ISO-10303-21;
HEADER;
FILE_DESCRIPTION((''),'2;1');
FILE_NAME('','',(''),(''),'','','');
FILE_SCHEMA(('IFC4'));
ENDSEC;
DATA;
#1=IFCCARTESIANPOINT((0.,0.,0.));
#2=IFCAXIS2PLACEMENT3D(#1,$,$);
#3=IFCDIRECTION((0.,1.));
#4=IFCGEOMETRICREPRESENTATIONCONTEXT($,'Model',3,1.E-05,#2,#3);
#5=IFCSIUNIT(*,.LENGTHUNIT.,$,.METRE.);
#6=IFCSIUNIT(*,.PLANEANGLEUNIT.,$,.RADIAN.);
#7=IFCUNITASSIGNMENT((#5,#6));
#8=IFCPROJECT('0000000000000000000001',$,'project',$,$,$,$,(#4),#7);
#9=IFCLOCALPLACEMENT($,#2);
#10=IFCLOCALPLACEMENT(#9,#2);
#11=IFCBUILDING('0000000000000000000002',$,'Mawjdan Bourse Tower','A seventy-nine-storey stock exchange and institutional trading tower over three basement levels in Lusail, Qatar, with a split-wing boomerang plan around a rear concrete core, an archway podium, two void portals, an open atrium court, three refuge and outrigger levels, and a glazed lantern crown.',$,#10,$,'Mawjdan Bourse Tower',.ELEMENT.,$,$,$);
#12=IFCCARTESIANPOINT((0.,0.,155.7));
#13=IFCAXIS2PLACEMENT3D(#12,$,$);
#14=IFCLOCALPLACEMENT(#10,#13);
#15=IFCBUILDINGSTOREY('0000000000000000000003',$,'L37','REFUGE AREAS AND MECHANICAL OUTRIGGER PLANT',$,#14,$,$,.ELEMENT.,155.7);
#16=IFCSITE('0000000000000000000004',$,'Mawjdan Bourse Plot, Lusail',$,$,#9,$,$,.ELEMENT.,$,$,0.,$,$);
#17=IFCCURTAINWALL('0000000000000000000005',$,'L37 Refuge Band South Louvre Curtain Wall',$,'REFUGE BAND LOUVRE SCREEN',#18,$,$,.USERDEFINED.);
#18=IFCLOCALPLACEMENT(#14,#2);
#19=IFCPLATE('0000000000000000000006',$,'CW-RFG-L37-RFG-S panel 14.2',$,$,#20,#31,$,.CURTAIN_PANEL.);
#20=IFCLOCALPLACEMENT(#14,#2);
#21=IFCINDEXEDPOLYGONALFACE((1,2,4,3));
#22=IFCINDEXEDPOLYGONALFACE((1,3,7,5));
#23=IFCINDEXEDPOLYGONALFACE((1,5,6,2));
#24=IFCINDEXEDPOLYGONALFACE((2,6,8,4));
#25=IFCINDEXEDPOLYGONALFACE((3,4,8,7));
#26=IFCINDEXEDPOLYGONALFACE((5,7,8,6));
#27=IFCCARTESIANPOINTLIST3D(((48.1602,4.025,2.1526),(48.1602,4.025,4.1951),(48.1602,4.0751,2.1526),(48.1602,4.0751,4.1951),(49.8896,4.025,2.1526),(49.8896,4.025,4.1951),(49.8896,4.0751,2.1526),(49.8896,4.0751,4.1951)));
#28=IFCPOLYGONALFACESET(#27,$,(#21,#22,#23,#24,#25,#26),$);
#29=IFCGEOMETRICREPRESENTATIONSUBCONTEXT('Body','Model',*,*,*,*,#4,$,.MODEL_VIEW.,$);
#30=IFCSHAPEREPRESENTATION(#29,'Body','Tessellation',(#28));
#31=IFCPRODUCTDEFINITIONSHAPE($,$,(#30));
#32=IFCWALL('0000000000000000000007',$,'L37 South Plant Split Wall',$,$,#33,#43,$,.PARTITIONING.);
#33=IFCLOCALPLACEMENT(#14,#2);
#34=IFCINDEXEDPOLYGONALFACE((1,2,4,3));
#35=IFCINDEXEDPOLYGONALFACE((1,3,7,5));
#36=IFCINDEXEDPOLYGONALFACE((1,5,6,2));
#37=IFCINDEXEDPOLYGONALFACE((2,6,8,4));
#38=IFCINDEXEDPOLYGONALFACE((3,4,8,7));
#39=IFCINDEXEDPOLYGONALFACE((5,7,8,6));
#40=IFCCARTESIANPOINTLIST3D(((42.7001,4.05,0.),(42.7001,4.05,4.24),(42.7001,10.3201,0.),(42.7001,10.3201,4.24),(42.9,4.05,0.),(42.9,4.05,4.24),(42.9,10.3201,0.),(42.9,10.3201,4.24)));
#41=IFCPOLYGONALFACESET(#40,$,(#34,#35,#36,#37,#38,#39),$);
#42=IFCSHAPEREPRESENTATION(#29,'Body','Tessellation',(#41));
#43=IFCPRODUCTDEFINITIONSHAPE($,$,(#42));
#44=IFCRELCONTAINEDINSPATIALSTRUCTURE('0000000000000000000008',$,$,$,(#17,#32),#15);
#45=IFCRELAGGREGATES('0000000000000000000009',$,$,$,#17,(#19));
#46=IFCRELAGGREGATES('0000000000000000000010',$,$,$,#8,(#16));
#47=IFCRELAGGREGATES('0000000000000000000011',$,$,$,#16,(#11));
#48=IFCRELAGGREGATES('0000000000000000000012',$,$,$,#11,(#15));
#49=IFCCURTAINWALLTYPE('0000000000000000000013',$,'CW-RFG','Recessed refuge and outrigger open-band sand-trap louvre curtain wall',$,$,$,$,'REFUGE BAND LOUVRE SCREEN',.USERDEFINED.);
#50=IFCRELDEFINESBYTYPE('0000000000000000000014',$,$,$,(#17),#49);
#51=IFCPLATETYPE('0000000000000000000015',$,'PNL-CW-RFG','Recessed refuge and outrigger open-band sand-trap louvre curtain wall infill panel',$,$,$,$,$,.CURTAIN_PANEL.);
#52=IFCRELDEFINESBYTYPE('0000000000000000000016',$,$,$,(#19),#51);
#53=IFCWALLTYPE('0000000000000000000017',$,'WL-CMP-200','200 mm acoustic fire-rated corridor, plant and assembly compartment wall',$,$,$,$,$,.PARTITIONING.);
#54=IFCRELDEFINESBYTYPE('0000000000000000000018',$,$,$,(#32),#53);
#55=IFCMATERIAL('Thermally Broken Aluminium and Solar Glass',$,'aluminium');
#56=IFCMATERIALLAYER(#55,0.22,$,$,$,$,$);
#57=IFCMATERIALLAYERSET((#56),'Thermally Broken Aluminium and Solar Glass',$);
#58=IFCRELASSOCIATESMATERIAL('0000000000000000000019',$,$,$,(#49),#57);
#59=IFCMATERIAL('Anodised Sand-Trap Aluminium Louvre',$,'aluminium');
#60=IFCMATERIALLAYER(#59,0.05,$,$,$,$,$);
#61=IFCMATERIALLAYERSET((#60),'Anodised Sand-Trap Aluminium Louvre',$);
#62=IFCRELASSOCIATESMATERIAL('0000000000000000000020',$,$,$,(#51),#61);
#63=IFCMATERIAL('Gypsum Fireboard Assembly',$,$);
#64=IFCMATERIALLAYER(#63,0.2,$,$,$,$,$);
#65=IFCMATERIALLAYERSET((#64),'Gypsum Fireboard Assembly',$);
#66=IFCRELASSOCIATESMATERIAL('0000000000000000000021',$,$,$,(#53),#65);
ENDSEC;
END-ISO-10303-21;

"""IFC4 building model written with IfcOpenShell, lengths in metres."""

from ifc_helpers import new_model, si_unit, direction, frame, frame_2d, origin, origin_2d, place, context, subcontext, project, spatial, rectangle, extrude, material, layer, layer_set, type_object, element, aggregate, save


model = new_model("IFC4")

# Units and contexts
model_context = context("Model", 3, precision=1e-05, world=origin(), true_north=direction((0.0, 1.0)))
body_context = subcontext(model_context, "Body", "Model", "MODEL_VIEW")
ifc_project = project(units=[si_unit("LENGTHUNIT", "METRE"), si_unit("PLANEANGLEUNIT", "RADIAN")], contexts=[model_context])

# Site, building, storey
site_placement = place(None, origin())
site = spatial("IfcSite", under=ifc_project, at=site_placement, Name="Mawjdan Bourse Plot, Lusail", CompositionType="ELEMENT", RefElevation=0.0)
building_placement = place(site_placement, origin())
building = spatial("IfcBuilding", under=site, at=building_placement, Name="Mawjdan Bourse Tower", Description="A seventy-nine-storey stock exchange and institutional trading tower over three basement levels in Lusail, Qatar, with a split-wing boomerang plan around a rear concrete core, an archway podium, two void portals, an open atrium court, three refuge and outrigger levels, and a glazed lantern crown.", LongName="Mawjdan Bourse Tower", CompositionType="ELEMENT")
storey_placement = place(building_placement, frame((0.0, 0.0, 155.7)))
storey = spatial("IfcBuildingStorey", under=building, at=storey_placement, Name="L37", Description="REFUGE AREAS AND MECHANICAL OUTRIGGER PLANT", CompositionType="ELEMENT", Elevation=155.7)

# Curtain wall
ifc_material_1 = material(Name="Thermally Broken Aluminium and Solar Glass", Category="aluminium")
ifc_layer_1 = layer(ifc_material_1, 0.22)
ifc_layer_set_1 = layer_set([ifc_layer_1], Name="Thermally Broken Aluminium and Solar Glass")
curtain_wall_type = type_object("IfcCurtainWallType", Name="CW-RFG", Description="Recessed refuge and outrigger open-band sand-trap louvre curtain wall", ElementType="REFUGE BAND LOUVRE SCREEN", PredefinedType="USERDEFINED", material=ifc_layer_set_1)
curtain_wall_placement = place(storey_placement, origin())
curtain_wall = element("IfcCurtainWall", 1, at=curtain_wall_placement, inside=storey, type_object=curtain_wall_type, Name="L37 Refuge Band South Louvre Curtain Wall", ObjectType="REFUGE BAND LOUVRE SCREEN", PredefinedType="USERDEFINED")

# Plate
ifc_material_2 = material(Name="Anodised Sand-Trap Aluminium Louvre", Category="aluminium")
ifc_layer_2 = layer(ifc_material_2, 0.05)
ifc_layer_set_2 = layer_set([ifc_layer_2], Name="Anodised Sand-Trap Aluminium Louvre")
plate_type = type_object("IfcPlateType", Name="PNL-CW-RFG", Description="Recessed refuge and outrigger open-band sand-trap louvre curtain wall infill panel", PredefinedType="CURTAIN_PANEL", material=ifc_layer_set_2)
plate_1_placement = place(storey_placement, frame((49.0249, 4.05, 2.1526), z_axis=(0.0, 0.0, 1.0), x_axis=(1.0, 0.0, 0.0)))
plate_1 = element("IfcPlate", 2, at=plate_1_placement, type_object=plate_type, Name="CW-RFG-L37-RFG-S panel 14.2", PredefinedType="CURTAIN_PANEL", context=body_context, shape_type="SweptSolid", body=[
    extrude(rectangle(XDim=1.7295, YDim=0.05, at=origin_2d()), origin(), (0.0, 0.0, 1.0), 2.0425),
])
aggregate(curtain_wall, [plate_1])

# Wall
ifc_material_3 = material(Name="Gypsum Fireboard Assembly")
ifc_layer_3 = layer(ifc_material_3, 0.2)
ifc_layer_set_3 = layer_set([ifc_layer_3], Name="Gypsum Fireboard Assembly")
wall_type = type_object("IfcWallType", Name="WL-CMP-200", Description="200 mm acoustic fire-rated corridor, plant and assembly compartment wall", PredefinedType="PARTITIONING", material=ifc_layer_set_3)
wall_placement = place(storey_placement, frame((42.8, 4.05, 0.0), z_axis=(0.0, 0.0, 1.0), x_axis=(0.0, 1.0, 0.0)))
element("IfcWall", 3, at=wall_placement, inside=storey, type_object=wall_type, Name="L37 South Plant Split Wall", PredefinedType="PARTITIONING", context=body_context, shape_type="SweptSolid", body=[
    extrude(rectangle(XDim=6.27, YDim=0.2, at=frame_2d((3.135, 0.0))), origin(), (0.0, 0.0, 1.0), 4.24),
])

save(model, "model.ifc")
